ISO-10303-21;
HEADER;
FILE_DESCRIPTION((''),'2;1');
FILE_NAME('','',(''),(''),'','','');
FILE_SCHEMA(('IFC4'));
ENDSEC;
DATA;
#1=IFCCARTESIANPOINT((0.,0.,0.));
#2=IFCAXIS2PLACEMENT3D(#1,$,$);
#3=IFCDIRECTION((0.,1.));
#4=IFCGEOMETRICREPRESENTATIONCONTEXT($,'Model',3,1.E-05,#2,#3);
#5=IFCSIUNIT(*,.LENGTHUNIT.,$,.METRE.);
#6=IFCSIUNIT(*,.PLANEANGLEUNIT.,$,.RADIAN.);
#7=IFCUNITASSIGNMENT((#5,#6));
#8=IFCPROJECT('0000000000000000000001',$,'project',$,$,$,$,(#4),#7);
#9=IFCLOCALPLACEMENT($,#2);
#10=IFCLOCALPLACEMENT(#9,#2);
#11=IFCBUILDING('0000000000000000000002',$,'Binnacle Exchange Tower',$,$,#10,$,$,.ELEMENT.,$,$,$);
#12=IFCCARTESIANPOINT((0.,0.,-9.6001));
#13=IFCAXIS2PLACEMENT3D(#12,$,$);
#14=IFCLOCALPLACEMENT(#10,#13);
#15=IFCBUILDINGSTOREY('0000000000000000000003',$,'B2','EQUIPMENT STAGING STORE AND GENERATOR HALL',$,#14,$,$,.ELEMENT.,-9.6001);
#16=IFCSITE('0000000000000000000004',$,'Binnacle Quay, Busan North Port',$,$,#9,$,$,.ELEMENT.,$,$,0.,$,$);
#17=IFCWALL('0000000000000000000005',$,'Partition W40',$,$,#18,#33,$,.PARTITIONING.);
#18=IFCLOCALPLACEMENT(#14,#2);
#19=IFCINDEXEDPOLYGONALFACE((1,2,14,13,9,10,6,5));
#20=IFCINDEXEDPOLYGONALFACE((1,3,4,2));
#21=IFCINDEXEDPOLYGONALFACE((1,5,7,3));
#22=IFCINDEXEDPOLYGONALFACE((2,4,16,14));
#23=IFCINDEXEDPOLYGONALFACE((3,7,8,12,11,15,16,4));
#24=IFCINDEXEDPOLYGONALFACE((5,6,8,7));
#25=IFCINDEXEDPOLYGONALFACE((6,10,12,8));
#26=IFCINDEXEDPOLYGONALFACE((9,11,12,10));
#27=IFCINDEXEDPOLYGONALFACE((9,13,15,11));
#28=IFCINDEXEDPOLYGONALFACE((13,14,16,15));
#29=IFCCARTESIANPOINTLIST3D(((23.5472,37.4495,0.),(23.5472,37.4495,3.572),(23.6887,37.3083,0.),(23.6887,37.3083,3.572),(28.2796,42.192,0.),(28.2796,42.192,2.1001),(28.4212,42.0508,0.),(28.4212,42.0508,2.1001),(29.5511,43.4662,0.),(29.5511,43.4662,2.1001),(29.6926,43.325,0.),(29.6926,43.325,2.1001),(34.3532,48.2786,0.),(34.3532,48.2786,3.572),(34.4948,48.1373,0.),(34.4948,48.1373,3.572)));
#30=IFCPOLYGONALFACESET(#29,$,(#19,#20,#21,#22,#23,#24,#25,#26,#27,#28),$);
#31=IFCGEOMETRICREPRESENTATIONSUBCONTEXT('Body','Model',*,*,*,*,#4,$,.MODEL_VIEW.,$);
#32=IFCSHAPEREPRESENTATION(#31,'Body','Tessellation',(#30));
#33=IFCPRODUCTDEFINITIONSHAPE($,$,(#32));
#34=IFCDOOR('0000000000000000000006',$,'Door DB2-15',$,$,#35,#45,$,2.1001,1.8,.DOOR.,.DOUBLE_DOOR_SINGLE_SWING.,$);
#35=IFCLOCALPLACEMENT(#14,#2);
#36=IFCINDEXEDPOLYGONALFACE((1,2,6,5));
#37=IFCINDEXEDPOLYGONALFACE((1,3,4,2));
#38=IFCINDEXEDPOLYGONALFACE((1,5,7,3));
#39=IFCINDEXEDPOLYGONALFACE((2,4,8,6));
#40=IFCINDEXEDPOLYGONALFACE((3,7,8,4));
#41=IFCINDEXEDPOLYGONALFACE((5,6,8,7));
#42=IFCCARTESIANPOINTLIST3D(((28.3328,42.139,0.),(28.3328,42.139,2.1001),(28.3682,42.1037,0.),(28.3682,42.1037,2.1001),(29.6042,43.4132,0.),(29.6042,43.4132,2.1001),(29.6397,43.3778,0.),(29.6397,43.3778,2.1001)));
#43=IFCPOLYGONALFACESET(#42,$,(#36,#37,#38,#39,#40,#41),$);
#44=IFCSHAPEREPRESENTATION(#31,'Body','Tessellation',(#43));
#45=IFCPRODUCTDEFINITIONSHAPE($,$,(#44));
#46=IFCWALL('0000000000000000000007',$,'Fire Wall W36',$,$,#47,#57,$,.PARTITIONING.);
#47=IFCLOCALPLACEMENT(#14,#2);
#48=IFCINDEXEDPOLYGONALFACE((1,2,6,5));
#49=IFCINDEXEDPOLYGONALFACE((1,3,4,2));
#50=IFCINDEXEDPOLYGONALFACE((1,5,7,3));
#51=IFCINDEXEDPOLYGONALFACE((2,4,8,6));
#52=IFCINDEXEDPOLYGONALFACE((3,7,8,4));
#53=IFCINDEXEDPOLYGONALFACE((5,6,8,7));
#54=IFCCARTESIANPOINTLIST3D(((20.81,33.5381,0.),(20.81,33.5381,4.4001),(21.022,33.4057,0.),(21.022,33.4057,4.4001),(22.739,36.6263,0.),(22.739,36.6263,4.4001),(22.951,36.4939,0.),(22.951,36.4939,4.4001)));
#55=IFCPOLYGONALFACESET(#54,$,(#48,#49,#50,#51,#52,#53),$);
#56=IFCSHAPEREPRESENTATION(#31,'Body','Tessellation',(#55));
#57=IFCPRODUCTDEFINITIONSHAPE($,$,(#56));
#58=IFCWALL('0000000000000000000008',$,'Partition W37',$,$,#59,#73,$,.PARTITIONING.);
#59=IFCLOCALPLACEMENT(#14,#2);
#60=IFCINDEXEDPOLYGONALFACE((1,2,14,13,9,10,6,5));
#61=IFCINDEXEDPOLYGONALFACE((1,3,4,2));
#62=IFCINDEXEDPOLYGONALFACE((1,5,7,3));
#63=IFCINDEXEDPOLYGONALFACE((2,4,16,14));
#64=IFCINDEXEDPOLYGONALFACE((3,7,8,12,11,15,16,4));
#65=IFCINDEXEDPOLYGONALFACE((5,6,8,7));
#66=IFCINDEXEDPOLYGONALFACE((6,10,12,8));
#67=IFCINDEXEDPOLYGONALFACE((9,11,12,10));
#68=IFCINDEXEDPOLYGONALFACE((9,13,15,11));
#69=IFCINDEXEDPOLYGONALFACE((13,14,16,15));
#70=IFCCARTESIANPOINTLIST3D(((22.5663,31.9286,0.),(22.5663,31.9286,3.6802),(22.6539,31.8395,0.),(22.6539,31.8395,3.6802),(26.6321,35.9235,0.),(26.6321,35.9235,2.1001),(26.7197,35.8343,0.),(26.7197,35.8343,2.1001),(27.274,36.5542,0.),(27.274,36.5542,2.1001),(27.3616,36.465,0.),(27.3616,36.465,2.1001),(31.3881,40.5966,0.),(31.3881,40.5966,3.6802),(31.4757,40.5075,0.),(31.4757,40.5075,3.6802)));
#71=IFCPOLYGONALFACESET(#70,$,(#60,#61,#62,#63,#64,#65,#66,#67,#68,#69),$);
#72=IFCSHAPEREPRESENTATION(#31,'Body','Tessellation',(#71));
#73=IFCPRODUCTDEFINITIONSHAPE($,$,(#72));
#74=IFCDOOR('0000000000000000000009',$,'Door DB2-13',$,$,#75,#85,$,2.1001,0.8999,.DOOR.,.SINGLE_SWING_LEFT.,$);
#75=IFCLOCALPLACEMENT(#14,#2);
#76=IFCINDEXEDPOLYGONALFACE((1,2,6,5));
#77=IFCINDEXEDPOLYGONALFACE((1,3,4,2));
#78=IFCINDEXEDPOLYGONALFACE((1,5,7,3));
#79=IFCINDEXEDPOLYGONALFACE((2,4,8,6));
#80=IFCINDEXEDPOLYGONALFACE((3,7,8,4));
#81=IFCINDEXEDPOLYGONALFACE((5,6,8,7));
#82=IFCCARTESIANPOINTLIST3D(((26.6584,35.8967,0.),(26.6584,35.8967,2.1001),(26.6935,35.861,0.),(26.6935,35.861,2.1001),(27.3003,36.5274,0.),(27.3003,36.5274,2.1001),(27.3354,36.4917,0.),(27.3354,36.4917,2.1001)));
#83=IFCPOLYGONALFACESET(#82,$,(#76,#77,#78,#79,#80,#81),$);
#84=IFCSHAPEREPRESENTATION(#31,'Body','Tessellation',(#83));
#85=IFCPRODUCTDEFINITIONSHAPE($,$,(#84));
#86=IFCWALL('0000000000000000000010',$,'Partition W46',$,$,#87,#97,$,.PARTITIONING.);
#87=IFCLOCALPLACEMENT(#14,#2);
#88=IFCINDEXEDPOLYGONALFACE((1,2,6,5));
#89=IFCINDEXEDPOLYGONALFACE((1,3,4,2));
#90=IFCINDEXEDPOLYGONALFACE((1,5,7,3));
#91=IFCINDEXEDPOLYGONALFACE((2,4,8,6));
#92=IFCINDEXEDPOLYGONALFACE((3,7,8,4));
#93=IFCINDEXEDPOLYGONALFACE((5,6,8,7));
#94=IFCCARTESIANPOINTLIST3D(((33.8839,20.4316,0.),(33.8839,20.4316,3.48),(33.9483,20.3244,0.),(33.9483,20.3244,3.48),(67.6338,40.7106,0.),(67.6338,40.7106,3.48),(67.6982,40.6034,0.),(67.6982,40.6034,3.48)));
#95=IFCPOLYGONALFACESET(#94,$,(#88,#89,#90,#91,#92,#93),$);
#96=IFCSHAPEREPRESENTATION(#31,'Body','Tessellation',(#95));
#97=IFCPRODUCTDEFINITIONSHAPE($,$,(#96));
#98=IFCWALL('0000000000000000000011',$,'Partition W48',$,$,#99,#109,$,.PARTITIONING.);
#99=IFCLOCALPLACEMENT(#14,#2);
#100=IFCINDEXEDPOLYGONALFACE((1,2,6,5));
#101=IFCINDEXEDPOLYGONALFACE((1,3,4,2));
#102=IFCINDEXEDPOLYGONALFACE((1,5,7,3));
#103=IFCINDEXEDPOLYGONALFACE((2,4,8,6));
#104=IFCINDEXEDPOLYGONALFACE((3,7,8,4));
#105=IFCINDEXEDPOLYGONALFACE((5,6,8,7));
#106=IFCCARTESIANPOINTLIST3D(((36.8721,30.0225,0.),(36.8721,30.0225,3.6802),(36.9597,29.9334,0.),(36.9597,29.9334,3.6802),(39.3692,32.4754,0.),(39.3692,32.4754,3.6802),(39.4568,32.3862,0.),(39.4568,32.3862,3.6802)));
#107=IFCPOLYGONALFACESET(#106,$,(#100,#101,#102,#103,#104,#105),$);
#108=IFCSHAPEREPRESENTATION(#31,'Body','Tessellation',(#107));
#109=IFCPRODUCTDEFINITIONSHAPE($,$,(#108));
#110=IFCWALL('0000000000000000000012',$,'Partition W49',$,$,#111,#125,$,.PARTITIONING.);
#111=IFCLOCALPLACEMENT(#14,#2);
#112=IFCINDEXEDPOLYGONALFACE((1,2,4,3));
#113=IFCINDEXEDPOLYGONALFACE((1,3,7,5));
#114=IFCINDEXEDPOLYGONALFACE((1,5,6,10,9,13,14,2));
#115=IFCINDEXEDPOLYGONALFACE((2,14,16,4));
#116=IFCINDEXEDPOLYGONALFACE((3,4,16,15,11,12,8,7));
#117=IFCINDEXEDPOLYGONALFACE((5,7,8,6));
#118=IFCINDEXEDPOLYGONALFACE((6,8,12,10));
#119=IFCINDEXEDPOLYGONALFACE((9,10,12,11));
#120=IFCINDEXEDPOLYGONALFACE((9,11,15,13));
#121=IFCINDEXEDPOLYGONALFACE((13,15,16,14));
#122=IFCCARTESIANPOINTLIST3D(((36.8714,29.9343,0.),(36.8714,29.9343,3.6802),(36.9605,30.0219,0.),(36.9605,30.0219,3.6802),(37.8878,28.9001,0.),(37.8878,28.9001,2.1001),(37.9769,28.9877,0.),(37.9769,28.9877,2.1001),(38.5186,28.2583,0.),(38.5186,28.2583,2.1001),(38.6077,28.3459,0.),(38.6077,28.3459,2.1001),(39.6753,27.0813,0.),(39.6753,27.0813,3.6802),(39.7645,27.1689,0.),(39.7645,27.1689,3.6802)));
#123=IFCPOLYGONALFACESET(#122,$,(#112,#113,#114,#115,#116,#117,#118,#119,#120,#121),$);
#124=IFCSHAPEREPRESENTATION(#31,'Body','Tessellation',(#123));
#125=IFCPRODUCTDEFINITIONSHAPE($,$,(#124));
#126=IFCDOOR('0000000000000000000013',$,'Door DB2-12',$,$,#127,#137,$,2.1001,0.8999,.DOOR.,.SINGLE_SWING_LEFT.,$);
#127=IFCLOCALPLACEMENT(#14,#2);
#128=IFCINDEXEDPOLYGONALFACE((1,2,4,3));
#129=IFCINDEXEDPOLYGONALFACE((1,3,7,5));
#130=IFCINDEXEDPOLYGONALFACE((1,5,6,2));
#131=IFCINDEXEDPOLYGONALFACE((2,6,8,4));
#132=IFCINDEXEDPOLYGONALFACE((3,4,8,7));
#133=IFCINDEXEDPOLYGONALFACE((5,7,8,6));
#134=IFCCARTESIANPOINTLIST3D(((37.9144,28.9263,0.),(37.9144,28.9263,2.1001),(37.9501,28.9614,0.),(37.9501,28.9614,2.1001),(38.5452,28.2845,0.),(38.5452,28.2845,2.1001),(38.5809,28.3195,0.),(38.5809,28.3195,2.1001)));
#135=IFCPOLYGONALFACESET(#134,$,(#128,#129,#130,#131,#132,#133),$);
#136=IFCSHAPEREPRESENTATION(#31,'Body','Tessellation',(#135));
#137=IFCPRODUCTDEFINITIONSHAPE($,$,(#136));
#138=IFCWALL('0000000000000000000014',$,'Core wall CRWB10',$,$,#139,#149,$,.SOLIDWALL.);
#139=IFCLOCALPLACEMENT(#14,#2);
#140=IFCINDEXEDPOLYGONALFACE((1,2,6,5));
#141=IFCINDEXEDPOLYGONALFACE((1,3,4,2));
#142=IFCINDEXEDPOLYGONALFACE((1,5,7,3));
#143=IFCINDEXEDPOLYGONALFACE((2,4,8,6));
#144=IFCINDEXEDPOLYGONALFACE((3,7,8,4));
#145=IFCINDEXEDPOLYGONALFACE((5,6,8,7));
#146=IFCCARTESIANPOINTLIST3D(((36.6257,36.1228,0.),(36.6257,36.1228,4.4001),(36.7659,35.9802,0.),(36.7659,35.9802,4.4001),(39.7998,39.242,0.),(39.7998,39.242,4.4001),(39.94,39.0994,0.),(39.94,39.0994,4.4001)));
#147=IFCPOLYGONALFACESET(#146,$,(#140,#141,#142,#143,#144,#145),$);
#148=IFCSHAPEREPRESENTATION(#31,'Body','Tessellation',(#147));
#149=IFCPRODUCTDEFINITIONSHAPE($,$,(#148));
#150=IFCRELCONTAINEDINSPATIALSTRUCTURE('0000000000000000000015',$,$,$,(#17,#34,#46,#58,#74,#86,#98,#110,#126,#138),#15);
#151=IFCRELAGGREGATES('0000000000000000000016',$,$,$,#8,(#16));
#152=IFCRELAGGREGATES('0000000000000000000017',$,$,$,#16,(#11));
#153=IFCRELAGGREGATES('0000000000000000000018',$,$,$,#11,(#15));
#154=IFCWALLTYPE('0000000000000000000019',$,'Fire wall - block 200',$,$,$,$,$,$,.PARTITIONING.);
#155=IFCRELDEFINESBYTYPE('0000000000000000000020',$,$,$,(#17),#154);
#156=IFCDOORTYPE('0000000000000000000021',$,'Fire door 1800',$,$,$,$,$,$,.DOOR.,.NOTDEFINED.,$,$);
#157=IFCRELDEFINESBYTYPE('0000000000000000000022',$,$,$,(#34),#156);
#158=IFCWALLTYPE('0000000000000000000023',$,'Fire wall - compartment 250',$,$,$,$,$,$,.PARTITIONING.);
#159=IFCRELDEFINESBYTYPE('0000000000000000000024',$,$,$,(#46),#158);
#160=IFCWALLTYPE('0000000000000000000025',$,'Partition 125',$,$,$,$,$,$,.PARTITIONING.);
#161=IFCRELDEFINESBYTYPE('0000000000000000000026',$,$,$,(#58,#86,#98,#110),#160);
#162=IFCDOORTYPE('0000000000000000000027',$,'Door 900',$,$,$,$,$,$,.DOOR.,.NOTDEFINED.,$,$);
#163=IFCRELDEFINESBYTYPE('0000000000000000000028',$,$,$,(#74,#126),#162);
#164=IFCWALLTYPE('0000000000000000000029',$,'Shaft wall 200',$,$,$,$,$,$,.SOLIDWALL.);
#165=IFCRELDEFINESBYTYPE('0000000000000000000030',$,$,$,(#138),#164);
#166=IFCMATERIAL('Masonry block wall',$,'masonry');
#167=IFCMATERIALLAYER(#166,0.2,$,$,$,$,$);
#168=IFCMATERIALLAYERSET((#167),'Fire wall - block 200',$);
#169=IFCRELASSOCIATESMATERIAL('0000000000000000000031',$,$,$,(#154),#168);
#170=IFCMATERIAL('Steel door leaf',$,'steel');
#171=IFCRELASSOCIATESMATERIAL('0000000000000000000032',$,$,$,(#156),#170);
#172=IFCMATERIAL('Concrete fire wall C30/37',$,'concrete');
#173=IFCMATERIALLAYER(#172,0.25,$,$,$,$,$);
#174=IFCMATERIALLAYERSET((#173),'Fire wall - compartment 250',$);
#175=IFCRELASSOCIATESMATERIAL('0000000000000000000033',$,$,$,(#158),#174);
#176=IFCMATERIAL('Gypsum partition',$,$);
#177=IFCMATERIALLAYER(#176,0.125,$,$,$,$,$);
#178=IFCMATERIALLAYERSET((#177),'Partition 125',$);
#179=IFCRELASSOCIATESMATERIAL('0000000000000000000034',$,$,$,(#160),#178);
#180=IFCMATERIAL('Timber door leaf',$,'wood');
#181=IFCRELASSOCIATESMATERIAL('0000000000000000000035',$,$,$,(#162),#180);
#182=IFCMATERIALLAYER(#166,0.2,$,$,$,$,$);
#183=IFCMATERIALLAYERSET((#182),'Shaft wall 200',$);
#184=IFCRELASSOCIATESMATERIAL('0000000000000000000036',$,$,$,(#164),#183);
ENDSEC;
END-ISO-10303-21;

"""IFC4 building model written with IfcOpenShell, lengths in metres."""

from ifc_helpers import new_model, si_unit, direction, frame, frame_2d, origin, place, context, subcontext, project, spatial, rectangle, extrude, material, layer, layer_set, type_object, element, fill, save


model = new_model("IFC4")

# Units and contexts
model_context = context("Model", 3, precision=1e-05, world=origin(), true_north=direction((0.0, 1.0)))
body_context = subcontext(model_context, "Body", "Model", "MODEL_VIEW")
ifc_project = project(units=[si_unit("LENGTHUNIT", "METRE"), si_unit("PLANEANGLEUNIT", "RADIAN")], contexts=[model_context])

# Site, building, storey
site_placement = place(None, origin())
site = spatial("IfcSite", under=ifc_project, at=site_placement, Name="Binnacle Quay, Busan North Port", CompositionType="ELEMENT", RefElevation=0.0)
building_placement = place(site_placement, origin())
building = spatial("IfcBuilding", under=site, at=building_placement, Name="Binnacle Exchange Tower", CompositionType="ELEMENT")
storey_placement = place(building_placement, frame((0.0, 0.0, -9.6001)))
storey = spatial("IfcBuildingStorey", under=building, at=storey_placement, Name="B2", Description="EQUIPMENT STAGING STORE AND GENERATOR HALL", CompositionType="ELEMENT", Elevation=-9.6001)

# Wall, opening, door
ifc_material_1 = material(Name="Masonry block wall", Category="masonry")
ifc_layer_1 = layer(ifc_material_1, 0.2)
ifc_layer_set_1 = layer_set([ifc_layer_1], Name="Fire wall - block 200")
wall_type_1 = type_object("IfcWallType", Name="Fire wall - block 200", PredefinedType="PARTITIONING", material=ifc_layer_set_1)
wall_1_placement = place(storey_placement, frame((23.6179, 37.3789, 0.0), z_axis=(0.0, 0.0, 1.0), x_axis=(0.706356, 0.707856, 0.0)))
wall_1 = element("IfcWall", 1, at=wall_1_placement, inside=storey, type_object=wall_type_1, Name="Partition W40", PredefinedType="PARTITIONING", context=body_context, shape_type="SweptSolid", body=[
    extrude(rectangle(XDim=15.2983, YDim=0.2, at=frame_2d((7.6492, 0.0))), origin(), (0.0, 0.0, 1.0), 3.572),
])
opening_1_placement = place(wall_1_placement, frame((6.7, 0.0, 0.0)))
opening_1 = element("IfcOpeningElement", 2, at=opening_1_placement, cuts=wall_1, PredefinedType="OPENING", context=body_context, shape_type="SweptSolid", body=[
    extrude(rectangle(XDim=1.8, YDim=2.1001, at=frame_2d((0.8999, 1.05))), frame((0.0, 0.1099, 0.0), z_axis=(0.0, -1.0, 0.0), x_axis=(1.0, 0.0, 0.0)), (0.0, 0.0, 1.0), 0.22),
])
ifc_material_2 = material(Name="Steel door leaf", Category="steel")
door_type_1 = type_object("IfcDoorType", Name="Fire door 1800", OperationType="NOTDEFINED", PredefinedType="DOOR", material=ifc_material_2)
door_1_placement = place(opening_1_placement, origin())
door_1 = element("IfcDoor", 3, at=door_1_placement, inside=storey, type_object=door_type_1, Name="Door DB2-15", OperationType="DOUBLE_DOOR_SINGLE_SWING", OverallHeight=2.1001, OverallWidth=1.8, PredefinedType="DOOR", context=body_context, shape_type="SweptSolid", body=[
    extrude(rectangle(XDim=1.8, YDim=2.1001, at=frame_2d((0.8999, 1.05))), frame((0.0, 0.0249, 0.0), z_axis=(0.0, -1.0, 0.0), x_axis=(1.0, 0.0, 0.0)), (0.0, 0.0, 1.0), 0.05),
])
fill(opening_1, door_1)

# Wall
ifc_material_3 = material(Name="Concrete fire wall C30/37", Category="concrete")
ifc_layer_2 = layer(ifc_material_3, 0.25)
ifc_layer_set_2 = layer_set([ifc_layer_2], Name="Fire wall - compartment 250")
wall_type_2 = type_object("IfcWallType", Name="Fire wall - compartment 250", PredefinedType="PARTITIONING", material=ifc_layer_set_2)
wall_2_placement = place(storey_placement, frame((20.916, 33.4719, 0.0), z_axis=(0.0, 0.0, 1.0), x_axis=(0.529776, 0.848138, 0.0)))
element("IfcWall", 4, at=wall_2_placement, inside=storey, type_object=wall_type_2, Name="Fire Wall W36", PredefinedType="PARTITIONING", context=body_context, shape_type="SweptSolid", body=[
    extrude(rectangle(XDim=3.6411, YDim=0.25, at=frame_2d((1.8206, 0.0))), origin(), (0.0, 0.0, 1.0), 4.4001),
])

# Wall, opening, door
ifc_material_4 = material(Name="Gypsum partition")
ifc_layer_3 = layer(ifc_material_4, 0.125)
ifc_layer_set_3 = layer_set([ifc_layer_3], Name="Partition 125")
wall_type_3 = type_object("IfcWallType", Name="Partition 125", PredefinedType="PARTITIONING", material=ifc_layer_set_3)
wall_3_placement = place(storey_placement, frame((22.6101, 31.884, 0.0), z_axis=(0.0, 0.0, 1.0), x_axis=(0.713298, 0.700861, 0.0)))
wall_3 = element("IfcWall", 5, at=wall_3_placement, inside=storey, type_object=wall_type_3, Name="Partition W37", PredefinedType="PARTITIONING", context=body_context, shape_type="SweptSolid", body=[
    extrude(rectangle(XDim=12.3677, YDim=0.125, at=frame_2d((6.1838, 0.0))), origin(), (0.0, 0.0, 1.0), 3.6802),
])
opening_2_placement = place(wall_3_placement, frame((5.7, 0.0, 0.0)))
opening_2 = element("IfcOpeningElement", 6, at=opening_2_placement, cuts=wall_3, PredefinedType="OPENING", context=body_context, shape_type="SweptSolid", body=[
    extrude(rectangle(XDim=0.8999, YDim=2.1001, at=frame_2d((0.45, 1.05))), frame((0.0, 0.0725, 0.0), z_axis=(0.0, -1.0, 0.0), x_axis=(1.0, 0.0, 0.0)), (0.0, 0.0, 1.0), 0.145),
])
ifc_material_5 = material(Name="Timber door leaf", Category="wood")
door_type_2 = type_object("IfcDoorType", Name="Door 900", OperationType="NOTDEFINED", PredefinedType="DOOR", material=ifc_material_5)
door_2_placement = place(opening_2_placement, origin())
door_2 = element("IfcDoor", 7, at=door_2_placement, inside=storey, type_object=door_type_2, Name="Door DB2-13", OperationType="SINGLE_SWING_LEFT", OverallHeight=2.1001, OverallWidth=0.8999, PredefinedType="DOOR", context=body_context, shape_type="SweptSolid", body=[
    extrude(rectangle(XDim=0.8999, YDim=2.1001, at=frame_2d((0.45, 1.05))), frame((0.0, 0.0249, 0.0), z_axis=(0.0, -1.0, 0.0), x_axis=(1.0, 0.0, 0.0)), (0.0, 0.0, 1.0), 0.05),
])
fill(opening_2, door_2)

# Walls
wall_4_placement = place(storey_placement, frame((33.916, 20.3779, 0.0), z_axis=(0.0, 0.0, 1.0), x_axis=(0.857167, 0.515038, 0.0)))
element("IfcWall", 8, at=wall_4_placement, inside=storey, type_object=wall_type_3, Name="Partition W46", PredefinedType="PARTITIONING", context=body_context, shape_type="SweptSolid", body=[
    extrude(rectangle(XDim=39.3738, YDim=0.125, at=frame_2d((19.687, 0.0))), origin(), (0.0, 0.0, 1.0), 3.48),
])
wall_5_placement = place(storey_placement, frame((36.916, 29.978, 0.0), z_axis=(0.0, 0.0, 1.0), x_axis=(0.713391, 0.700766, 0.0)))
element("IfcWall", 9, at=wall_5_placement, inside=storey, type_object=wall_type_3, Name="Partition W48", PredefinedType="PARTITIONING", context=body_context, shape_type="SweptSolid", body=[
    extrude(rectangle(XDim=3.5002, YDim=0.125, at=frame_2d((1.75, 0.0))), origin(), (0.0, 0.0, 1.0), 3.6802),
])

# Wall, opening, door
wall_6_placement = place(storey_placement, frame((36.916, 29.978, 0.0), z_axis=(0.0, 0.0, 1.0), x_axis=(0.700947, -0.713214, 0.0)))
wall_6 = element("IfcWall", 10, at=wall_6_placement, inside=storey, type_object=wall_type_3, Name="Partition W49", PredefinedType="PARTITIONING", context=body_context, shape_type="SweptSolid", body=[
    extrude(rectangle(XDim=4.0002, YDim=0.125, at=frame_2d((2.0, 0.0))), origin(), (0.0, 0.0, 1.0), 3.6802),
])
opening_3_placement = place(wall_6_placement, frame((1.45, 0.0, 0.0)))
opening_3 = element("IfcOpeningElement", 11, at=opening_3_placement, cuts=wall_6, PredefinedType="OPENING", context=body_context, shape_type="SweptSolid", body=[
    extrude(rectangle(XDim=0.8999, YDim=2.1001, at=frame_2d((0.45, 1.05))), frame((0.0, 0.0725, 0.0), z_axis=(0.0, -1.0, 0.0), x_axis=(1.0, 0.0, 0.0)), (0.0, 0.0, 1.0), 0.145),
])
door_3_placement = place(opening_3_placement, origin())
door_3 = element("IfcDoor", 12, at=door_3_placement, inside=storey, type_object=door_type_2, Name="Door DB2-12", OperationType="SINGLE_SWING_LEFT", OverallHeight=2.1001, OverallWidth=0.8999, PredefinedType="DOOR", context=body_context, shape_type="SweptSolid", body=[
    extrude(rectangle(XDim=0.8999, YDim=2.1001, at=frame_2d((0.45, 1.05))), frame((0.0, 0.0249, 0.0), z_axis=(0.0, -1.0, 0.0), x_axis=(1.0, 0.0, 0.0)), (0.0, 0.0, 1.0), 0.05),
])
fill(opening_3, door_3)

# Wall
ifc_layer_4 = layer(ifc_material_1, 0.2)
ifc_layer_set_4 = layer_set([ifc_layer_4], Name="Shaft wall 200")
wall_type_4 = type_object("IfcWallType", Name="Shaft wall 200", PredefinedType="SOLIDWALL", material=ifc_layer_set_4)
wall_7_placement = place(storey_placement, frame((36.6958, 36.0515, 0.0), z_axis=(0.0, 0.0, 1.0), x_axis=(0.713252, 0.700908, 0.0)))
element("IfcWall", 13, at=wall_7_placement, inside=storey, type_object=wall_type_4, Name="Core wall CRWB10", PredefinedType="SOLIDWALL", context=body_context, shape_type="SweptSolid", body=[
    extrude(rectangle(XDim=4.4502, YDim=0.2, at=frame_2d((2.2251, 0.0))), origin(), (0.0, 0.0, 1.0), 4.4001),
])

save(model, "model.ifc")
